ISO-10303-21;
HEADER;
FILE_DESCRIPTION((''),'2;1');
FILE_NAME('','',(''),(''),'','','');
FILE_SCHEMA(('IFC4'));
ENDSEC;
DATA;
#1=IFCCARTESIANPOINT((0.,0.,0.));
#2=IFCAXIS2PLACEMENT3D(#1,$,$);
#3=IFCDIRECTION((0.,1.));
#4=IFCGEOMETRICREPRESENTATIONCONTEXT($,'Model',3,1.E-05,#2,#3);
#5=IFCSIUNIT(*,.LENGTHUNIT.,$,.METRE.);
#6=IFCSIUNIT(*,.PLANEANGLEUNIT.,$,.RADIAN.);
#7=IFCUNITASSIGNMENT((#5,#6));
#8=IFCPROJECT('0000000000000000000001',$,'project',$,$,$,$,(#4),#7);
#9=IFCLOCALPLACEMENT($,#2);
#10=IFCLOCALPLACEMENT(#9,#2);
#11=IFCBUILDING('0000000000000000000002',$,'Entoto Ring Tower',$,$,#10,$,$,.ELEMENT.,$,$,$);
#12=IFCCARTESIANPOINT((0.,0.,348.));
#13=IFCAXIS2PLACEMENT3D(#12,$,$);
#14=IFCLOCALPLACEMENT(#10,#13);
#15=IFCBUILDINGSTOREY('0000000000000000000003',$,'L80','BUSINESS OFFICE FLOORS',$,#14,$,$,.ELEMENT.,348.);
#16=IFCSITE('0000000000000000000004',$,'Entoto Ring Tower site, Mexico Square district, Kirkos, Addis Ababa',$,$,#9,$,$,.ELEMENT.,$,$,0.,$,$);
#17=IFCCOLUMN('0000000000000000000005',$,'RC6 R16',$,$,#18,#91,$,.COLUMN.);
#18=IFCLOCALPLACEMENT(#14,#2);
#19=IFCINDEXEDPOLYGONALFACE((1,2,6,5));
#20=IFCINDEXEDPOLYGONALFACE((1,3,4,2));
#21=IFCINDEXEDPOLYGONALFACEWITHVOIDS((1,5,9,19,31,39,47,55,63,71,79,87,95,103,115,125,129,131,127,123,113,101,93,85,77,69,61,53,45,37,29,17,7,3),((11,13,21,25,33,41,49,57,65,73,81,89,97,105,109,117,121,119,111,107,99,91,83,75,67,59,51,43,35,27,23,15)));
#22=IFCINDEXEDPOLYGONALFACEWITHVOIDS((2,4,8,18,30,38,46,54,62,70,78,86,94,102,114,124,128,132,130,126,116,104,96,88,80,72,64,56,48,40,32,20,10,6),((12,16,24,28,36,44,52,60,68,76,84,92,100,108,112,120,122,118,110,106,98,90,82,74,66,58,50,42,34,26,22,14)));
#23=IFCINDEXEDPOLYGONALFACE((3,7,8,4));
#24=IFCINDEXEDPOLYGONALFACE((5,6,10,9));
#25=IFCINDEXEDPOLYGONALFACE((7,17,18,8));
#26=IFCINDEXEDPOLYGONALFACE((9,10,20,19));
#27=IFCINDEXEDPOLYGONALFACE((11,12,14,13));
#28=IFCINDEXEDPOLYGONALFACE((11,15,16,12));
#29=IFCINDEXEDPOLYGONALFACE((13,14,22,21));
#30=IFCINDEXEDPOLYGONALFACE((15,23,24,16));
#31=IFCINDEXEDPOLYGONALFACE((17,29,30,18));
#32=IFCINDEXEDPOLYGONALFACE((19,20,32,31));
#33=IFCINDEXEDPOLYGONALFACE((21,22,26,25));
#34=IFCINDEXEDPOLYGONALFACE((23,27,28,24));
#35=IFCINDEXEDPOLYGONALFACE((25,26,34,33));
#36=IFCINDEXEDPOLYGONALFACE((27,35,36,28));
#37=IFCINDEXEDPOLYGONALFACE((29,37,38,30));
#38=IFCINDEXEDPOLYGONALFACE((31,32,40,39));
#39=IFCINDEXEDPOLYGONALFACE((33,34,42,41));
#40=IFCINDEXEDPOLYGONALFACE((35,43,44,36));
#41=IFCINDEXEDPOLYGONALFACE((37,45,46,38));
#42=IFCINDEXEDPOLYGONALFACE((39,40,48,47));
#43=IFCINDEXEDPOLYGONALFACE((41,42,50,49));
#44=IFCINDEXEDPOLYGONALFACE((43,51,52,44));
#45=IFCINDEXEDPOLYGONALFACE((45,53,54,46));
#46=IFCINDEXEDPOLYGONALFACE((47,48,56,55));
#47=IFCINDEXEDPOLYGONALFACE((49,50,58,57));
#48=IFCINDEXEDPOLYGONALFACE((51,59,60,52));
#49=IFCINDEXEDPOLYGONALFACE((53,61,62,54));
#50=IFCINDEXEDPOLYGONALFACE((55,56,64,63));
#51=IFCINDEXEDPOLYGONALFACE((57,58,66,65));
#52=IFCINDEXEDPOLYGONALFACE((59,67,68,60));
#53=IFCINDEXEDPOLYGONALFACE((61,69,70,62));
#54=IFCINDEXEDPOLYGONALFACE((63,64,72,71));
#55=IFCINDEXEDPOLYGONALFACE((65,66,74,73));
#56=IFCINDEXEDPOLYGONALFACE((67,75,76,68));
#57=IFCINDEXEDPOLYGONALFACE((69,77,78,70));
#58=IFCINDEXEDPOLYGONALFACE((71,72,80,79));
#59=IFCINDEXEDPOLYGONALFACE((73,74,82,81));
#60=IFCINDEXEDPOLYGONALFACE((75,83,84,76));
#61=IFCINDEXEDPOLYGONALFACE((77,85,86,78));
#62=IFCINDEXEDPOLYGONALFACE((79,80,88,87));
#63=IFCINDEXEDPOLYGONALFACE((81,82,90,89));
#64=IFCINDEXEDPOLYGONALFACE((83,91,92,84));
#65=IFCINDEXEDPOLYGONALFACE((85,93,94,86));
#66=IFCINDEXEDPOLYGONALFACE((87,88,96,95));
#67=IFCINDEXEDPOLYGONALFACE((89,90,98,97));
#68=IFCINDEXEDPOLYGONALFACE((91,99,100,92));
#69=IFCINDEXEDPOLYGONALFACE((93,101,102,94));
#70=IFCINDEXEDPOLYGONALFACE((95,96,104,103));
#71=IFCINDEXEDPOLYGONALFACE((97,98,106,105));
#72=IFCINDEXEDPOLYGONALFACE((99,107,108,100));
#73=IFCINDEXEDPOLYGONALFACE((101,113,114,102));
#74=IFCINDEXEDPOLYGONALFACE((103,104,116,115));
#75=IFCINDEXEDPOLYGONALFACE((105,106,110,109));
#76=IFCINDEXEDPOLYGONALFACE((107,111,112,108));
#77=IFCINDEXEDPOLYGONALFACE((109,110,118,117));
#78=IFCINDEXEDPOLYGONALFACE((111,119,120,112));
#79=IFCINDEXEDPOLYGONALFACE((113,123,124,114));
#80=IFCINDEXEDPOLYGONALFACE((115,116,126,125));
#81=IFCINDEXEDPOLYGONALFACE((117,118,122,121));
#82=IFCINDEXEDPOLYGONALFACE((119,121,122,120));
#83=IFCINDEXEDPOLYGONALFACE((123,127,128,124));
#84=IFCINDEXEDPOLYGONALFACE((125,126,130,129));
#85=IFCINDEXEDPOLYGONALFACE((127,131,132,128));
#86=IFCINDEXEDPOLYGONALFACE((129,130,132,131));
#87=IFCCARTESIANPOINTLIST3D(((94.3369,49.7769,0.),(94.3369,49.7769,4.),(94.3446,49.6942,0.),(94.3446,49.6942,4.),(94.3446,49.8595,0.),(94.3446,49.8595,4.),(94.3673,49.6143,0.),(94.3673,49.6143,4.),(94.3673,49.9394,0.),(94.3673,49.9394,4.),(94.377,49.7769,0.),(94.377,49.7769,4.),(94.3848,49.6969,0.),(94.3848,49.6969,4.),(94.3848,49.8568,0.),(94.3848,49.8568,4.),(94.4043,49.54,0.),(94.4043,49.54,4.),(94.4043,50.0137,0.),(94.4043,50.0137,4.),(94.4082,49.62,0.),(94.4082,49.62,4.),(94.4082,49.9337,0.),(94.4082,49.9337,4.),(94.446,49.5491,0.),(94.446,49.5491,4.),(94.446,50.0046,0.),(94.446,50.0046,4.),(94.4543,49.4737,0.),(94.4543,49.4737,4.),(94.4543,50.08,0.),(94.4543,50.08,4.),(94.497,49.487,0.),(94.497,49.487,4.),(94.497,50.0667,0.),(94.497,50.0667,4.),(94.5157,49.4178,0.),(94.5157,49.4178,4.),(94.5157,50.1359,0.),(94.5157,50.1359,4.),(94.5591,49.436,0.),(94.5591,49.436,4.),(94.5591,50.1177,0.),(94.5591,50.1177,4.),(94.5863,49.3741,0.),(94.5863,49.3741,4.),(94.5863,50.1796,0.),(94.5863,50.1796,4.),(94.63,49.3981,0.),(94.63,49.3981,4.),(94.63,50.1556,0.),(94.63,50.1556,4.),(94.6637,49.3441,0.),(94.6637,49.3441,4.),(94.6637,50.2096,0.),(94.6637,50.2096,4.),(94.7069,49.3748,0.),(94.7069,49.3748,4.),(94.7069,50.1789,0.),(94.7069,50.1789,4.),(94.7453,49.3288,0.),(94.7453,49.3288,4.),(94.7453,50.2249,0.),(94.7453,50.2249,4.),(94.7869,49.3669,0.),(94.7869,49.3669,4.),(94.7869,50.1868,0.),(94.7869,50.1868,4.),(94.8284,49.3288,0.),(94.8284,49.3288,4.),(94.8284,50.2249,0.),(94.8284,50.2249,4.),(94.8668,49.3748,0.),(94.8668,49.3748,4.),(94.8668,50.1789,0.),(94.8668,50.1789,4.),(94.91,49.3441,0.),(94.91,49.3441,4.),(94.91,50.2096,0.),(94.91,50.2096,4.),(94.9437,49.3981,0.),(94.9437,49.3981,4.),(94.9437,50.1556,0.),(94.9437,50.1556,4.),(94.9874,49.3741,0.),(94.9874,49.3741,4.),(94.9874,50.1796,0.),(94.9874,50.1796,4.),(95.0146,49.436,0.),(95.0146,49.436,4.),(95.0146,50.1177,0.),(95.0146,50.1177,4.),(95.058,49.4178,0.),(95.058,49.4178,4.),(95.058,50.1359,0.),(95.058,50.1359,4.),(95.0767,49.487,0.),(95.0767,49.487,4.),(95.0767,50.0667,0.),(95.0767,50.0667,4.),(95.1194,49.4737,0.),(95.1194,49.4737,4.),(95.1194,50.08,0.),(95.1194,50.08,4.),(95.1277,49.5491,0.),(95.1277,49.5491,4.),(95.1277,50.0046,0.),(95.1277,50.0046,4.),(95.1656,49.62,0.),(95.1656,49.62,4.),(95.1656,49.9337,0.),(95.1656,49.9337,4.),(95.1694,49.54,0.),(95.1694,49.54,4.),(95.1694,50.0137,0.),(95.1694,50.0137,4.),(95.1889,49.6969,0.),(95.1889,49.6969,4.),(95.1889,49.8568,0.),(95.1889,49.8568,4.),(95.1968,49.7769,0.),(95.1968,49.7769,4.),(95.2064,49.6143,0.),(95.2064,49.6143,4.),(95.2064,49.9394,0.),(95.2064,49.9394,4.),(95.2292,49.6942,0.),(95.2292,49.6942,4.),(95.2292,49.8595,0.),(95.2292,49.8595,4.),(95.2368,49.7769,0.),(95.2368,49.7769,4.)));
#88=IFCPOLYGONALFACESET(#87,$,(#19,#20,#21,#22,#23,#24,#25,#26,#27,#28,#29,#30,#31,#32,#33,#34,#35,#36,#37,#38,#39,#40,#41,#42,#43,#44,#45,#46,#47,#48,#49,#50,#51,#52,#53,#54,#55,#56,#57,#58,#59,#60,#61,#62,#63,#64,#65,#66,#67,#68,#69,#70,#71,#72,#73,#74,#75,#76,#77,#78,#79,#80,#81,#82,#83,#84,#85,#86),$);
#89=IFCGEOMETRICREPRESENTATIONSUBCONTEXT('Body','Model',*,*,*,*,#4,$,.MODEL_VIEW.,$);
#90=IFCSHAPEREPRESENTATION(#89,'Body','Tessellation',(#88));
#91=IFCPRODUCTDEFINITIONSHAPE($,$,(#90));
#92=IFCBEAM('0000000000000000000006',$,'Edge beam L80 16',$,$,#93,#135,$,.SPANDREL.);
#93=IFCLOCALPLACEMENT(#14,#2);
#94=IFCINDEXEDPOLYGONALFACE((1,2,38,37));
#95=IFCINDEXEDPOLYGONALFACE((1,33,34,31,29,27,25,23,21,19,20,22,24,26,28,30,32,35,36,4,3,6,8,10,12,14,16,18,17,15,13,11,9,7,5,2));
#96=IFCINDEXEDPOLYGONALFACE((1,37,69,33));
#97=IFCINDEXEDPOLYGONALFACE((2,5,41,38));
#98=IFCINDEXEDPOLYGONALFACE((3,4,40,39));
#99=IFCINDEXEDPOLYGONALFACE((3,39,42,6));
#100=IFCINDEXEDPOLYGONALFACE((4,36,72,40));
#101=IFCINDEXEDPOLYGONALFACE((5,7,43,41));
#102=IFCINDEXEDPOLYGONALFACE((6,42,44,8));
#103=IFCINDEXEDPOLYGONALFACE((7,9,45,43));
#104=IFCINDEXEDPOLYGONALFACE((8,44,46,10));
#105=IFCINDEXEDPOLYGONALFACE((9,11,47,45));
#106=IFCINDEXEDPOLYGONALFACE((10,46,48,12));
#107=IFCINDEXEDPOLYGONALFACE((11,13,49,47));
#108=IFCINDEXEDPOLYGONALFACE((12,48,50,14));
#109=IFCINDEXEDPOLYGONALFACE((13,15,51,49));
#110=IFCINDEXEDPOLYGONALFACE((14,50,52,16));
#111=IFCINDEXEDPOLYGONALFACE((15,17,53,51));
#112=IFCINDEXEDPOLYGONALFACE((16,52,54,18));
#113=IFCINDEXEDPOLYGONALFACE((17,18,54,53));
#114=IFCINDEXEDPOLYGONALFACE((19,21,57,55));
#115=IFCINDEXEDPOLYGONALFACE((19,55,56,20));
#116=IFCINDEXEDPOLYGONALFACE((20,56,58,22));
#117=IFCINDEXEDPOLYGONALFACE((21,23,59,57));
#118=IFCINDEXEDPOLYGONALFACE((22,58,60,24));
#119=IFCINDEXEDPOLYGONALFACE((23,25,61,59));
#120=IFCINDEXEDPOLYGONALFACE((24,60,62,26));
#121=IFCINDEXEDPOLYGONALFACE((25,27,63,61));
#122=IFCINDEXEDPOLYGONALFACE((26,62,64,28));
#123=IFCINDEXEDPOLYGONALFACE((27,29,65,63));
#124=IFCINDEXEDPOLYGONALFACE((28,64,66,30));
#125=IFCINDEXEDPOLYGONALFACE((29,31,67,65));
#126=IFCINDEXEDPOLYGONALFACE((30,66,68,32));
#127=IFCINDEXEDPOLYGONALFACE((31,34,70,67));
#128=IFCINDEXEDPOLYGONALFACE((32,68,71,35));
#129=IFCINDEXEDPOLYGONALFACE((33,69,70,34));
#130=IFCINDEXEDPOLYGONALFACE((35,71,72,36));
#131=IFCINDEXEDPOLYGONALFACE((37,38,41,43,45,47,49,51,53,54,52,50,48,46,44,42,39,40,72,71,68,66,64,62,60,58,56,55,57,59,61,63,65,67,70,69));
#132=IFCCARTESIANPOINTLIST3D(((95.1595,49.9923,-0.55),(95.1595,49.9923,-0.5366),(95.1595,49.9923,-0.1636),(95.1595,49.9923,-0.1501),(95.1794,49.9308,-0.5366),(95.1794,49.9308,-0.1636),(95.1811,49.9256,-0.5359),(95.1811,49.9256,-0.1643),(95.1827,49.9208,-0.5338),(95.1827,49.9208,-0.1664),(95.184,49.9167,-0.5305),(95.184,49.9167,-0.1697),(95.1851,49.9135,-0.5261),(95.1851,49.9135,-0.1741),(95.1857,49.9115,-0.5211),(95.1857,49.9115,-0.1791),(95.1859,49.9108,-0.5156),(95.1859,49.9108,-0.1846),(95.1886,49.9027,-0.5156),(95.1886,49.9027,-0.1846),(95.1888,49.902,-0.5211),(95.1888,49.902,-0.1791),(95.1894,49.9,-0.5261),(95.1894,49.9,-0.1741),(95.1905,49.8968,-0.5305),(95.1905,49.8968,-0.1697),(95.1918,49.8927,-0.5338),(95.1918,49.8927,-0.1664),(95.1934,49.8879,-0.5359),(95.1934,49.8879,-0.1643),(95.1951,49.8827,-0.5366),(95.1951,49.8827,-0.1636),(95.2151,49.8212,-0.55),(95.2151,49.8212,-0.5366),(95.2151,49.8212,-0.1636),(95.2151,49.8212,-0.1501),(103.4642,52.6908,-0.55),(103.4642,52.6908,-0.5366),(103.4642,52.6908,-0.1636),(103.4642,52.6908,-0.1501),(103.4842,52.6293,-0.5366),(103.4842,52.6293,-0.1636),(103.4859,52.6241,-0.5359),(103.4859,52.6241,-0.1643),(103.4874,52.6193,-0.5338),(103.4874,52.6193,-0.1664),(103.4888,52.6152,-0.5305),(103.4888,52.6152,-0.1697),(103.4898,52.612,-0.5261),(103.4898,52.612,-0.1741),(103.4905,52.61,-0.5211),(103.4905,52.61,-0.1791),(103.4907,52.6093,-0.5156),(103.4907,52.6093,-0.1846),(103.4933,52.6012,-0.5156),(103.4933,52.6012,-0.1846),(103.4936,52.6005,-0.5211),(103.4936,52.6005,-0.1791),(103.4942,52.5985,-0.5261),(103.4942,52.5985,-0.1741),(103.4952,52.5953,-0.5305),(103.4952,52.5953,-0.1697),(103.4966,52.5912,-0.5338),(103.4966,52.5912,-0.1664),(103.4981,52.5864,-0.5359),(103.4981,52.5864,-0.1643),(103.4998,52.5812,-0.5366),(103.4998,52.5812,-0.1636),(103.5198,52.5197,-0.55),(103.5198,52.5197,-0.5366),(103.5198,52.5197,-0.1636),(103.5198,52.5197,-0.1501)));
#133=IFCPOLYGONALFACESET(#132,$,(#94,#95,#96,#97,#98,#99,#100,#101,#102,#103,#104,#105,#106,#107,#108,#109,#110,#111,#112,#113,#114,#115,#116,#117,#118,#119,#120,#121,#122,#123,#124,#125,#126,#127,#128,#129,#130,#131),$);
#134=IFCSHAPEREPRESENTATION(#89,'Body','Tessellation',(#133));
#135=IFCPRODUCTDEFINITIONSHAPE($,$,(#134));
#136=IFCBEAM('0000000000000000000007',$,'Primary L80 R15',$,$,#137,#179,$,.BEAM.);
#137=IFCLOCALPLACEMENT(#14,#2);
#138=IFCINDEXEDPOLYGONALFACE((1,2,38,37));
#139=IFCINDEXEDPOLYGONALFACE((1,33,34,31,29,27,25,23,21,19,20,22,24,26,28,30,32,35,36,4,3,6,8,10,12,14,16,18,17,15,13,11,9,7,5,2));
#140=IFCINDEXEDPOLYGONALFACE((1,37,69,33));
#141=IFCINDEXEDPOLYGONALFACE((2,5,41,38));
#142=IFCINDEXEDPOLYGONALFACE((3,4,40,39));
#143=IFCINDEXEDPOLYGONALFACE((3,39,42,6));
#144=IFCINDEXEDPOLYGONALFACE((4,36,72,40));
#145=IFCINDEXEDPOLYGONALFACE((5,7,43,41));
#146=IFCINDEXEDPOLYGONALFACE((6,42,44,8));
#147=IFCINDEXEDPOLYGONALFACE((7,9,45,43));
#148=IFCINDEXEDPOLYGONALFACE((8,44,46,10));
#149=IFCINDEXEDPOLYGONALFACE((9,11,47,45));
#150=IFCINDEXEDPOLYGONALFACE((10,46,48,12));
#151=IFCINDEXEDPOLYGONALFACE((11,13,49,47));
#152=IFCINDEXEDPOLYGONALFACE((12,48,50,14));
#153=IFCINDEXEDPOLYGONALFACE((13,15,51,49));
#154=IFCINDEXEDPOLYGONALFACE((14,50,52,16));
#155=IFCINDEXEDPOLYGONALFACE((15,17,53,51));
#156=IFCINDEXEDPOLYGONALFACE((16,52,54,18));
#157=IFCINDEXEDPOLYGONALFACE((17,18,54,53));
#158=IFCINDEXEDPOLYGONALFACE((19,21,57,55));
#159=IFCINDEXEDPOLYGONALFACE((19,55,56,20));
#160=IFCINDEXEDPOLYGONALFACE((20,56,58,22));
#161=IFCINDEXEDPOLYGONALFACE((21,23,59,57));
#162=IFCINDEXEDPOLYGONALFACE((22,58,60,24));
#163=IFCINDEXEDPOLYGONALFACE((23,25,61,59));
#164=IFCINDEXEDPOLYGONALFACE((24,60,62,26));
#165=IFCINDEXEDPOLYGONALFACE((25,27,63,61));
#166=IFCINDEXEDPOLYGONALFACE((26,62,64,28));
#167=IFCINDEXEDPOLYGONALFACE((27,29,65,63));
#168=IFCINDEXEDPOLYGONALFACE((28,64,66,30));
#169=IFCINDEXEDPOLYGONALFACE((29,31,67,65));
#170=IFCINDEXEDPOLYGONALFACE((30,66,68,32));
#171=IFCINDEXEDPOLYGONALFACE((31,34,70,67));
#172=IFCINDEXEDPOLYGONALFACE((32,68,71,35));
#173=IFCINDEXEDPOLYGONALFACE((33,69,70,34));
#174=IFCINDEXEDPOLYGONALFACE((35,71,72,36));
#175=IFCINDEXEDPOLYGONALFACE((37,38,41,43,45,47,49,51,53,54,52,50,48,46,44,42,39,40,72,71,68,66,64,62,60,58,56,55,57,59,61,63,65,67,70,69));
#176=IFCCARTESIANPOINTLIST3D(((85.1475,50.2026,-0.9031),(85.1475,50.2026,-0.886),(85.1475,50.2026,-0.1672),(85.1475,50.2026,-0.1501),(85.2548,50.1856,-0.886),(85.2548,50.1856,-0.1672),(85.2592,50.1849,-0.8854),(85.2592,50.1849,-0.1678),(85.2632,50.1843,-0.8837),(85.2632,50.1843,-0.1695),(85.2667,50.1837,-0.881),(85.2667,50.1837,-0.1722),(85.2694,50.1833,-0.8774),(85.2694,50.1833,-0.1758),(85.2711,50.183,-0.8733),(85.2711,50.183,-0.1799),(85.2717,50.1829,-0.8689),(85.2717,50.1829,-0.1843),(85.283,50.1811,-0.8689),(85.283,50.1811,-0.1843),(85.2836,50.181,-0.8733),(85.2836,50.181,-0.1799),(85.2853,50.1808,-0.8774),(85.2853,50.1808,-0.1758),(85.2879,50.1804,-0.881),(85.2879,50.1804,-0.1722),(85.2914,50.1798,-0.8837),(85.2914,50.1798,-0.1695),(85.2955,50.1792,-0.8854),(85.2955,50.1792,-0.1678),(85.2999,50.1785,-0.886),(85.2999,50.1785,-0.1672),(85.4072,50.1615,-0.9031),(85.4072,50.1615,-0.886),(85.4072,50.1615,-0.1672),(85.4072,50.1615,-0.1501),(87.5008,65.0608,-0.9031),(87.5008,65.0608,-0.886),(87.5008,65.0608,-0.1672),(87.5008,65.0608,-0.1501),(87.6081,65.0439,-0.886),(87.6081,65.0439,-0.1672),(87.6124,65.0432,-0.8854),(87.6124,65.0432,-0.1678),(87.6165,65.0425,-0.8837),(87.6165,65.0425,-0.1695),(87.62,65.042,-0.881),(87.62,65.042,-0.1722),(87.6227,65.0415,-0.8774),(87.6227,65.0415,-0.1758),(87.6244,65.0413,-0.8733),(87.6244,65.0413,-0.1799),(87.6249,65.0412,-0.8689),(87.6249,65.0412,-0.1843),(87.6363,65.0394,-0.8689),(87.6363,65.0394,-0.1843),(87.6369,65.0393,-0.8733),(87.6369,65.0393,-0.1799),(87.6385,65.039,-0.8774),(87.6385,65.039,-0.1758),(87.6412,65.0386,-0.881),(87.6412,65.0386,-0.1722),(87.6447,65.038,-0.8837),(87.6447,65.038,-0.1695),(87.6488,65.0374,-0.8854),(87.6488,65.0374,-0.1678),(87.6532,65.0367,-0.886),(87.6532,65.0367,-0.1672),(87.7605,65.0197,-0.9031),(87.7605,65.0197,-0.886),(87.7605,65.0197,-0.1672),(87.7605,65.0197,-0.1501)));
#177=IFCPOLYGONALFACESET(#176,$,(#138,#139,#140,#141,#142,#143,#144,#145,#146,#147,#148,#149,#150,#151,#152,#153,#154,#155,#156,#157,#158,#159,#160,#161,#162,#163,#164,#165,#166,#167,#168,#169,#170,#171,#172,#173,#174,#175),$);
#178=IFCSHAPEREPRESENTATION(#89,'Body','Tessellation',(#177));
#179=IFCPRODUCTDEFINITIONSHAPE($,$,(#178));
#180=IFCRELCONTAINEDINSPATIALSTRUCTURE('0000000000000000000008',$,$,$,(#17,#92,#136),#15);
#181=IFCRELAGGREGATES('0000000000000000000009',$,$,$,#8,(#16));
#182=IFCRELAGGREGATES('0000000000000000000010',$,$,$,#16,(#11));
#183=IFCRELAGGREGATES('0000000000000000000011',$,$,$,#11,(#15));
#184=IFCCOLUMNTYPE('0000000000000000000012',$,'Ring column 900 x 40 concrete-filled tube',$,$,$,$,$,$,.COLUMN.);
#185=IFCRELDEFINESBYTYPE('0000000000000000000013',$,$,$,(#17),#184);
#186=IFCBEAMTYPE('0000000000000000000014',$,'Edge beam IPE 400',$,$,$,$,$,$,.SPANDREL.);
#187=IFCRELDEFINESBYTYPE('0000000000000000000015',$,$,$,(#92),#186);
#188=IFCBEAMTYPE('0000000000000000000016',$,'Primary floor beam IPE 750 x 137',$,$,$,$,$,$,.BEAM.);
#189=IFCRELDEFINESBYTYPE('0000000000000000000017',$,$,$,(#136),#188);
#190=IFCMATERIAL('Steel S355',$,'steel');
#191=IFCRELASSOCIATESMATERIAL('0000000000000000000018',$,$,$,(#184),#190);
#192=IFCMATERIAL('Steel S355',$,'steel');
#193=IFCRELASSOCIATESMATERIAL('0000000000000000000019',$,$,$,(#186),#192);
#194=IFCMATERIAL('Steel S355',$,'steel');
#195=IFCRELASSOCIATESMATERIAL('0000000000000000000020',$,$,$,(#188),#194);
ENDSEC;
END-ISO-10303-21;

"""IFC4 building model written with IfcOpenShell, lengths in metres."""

from ifc_helpers import new_model, si_unit, direction, frame, origin, origin_2d, place, context, subcontext, project, spatial, circle, hollow_circle, i_section, extrude, material, material_profile, profile_set, type_object, element, save


model = new_model("IFC4")

# Units and contexts
model_context = context("Model", 3, precision=1e-05, world=origin(), true_north=direction((0.0, 1.0)))
body_context = subcontext(model_context, "Body", "Model", "MODEL_VIEW")
ifc_project = project(units=[si_unit("LENGTHUNIT", "METRE"), si_unit("PLANEANGLEUNIT", "RADIAN")], contexts=[model_context])

# Site, building, storey
site_placement = place(None, origin())
site = spatial("IfcSite", under=ifc_project, at=site_placement, Name="Entoto Ring Tower site, Mexico Square district, Kirkos, Addis Ababa", CompositionType="ELEMENT", RefElevation=0.0)
building_placement = place(site_placement, origin())
building = spatial("IfcBuilding", under=site, at=building_placement, Name="Entoto Ring Tower", CompositionType="ELEMENT")
storey_placement = place(building_placement, frame((0.0, 0.0, 348.0)))
storey = spatial("IfcBuildingStorey", under=building, at=storey_placement, Name="L80", Description="BUSINESS OFFICE FLOORS", CompositionType="ELEMENT", Elevation=348.0)

# Column
ifc_material_1 = material(Name="Steel S355", Category="steel")
ifc_material_profile_1 = material_profile(ifc_material_1, hollow_circle(Radius=0.45, WallThickness=0.04, at=origin_2d()), Name="CHS 900 x 40")
ifc_material_2 = material(Name="Concrete C60/75", Category="concrete")
ifc_material_profile_2 = material_profile(ifc_material_2, circle(Radius=0.4099, at=origin_2d()), Name="Concrete C60/75 infill")
ifc_profile_set_1 = profile_set([ifc_material_profile_1, ifc_material_profile_2], Name="Steel S355")
column_type = type_object("IfcColumnType", Name="Ring column 900 x 40 concrete-filled tube", PredefinedType="COLUMN", material=ifc_profile_set_1)
column_placement = place(storey_placement, frame((94.7869, 49.7769, 0.0), z_axis=(0.0, 0.0, 1.0), x_axis=(1.0, 0.0, 0.0)))
element("IfcColumn", 1, at=column_placement, inside=storey, type_object=column_type, Name="RC6 R16", PredefinedType="COLUMN", context=body_context, shape_type="SweptSolid", body=[
    extrude(hollow_circle(Radius=0.45, WallThickness=0.04, at=origin_2d()), origin(), (0.0, 0.0, 1.0), 4.0),
])

# Beams
ifc_material_3 = material(Name="Steel S355", Category="steel")
ifc_material_profile_3 = material_profile(ifc_material_3, i_section(OverallWidth=0.1799, OverallDepth=0.3999, WebThickness=0.0085, FlangeThickness=0.0134, FilletRadius=0.021, at=origin_2d()), Name="IPE 400")
ifc_profile_set_2 = profile_set([ifc_material_profile_3], Name="Steel S355")
beam_type_1 = type_object("IfcBeamType", Name="Edge beam IPE 400", PredefinedType="SPANDREL", material=ifc_profile_set_2)
beam_1_placement = place(storey_placement, frame((95.1873, 49.9067, -0.3501), z_axis=(0.951052, 0.30903, 0.0), x_axis=(-0.30903, 0.951052, 0.0)))
element("IfcBeam", 2, at=beam_1_placement, inside=storey, type_object=beam_type_1, Name="Edge beam L80 16", PredefinedType="SPANDREL", context=body_context, shape_type="SweptSolid", body=[
    extrude(i_section(OverallWidth=0.1799, OverallDepth=0.3999, WebThickness=0.0085, FlangeThickness=0.0134, FilletRadius=0.021, at=origin_2d()), origin(), (0.0, 0.0, 1.0), 8.7322),
])
ifc_material_4 = material(Name="Steel S355", Category="steel")
ifc_material_profile_4 = material_profile(ifc_material_4, i_section(OverallWidth=0.2629, OverallDepth=0.7529, WebThickness=0.0115, FlangeThickness=0.0171, FilletRadius=0.0171, at=origin_2d()), Name="IPE 750 x 137")
ifc_profile_set_3 = profile_set([ifc_material_profile_4], Name="Steel S355")
beam_type_2 = type_object("IfcBeamType", Name="Primary floor beam IPE 750 x 137", PredefinedType="BEAM", material=ifc_profile_set_3)
for number, where, z_axis, x_axis, name in (
    (3, (87.6306, 65.0403, -0.5266), (-0.156433, -0.987689, 0.0), (0.987689, -0.156433, 0.0), "Primary L80 R15"),
):
    element("IfcBeam", number, at=place(storey_placement, frame(where, z_axis=z_axis, x_axis=x_axis)), inside=storey, type_object=beam_type_2, Name=name, PredefinedType="BEAM", context=body_context, shape_type="SweptSolid", body=[
        extrude(i_section(OverallWidth=0.2629, OverallDepth=0.7529, WebThickness=0.0115, FlangeThickness=0.0171, FilletRadius=0.0171, at=origin_2d()), origin(), (0.0, 0.0, 1.0), 15.0435),
    ])

save(model, "model.ifc")
